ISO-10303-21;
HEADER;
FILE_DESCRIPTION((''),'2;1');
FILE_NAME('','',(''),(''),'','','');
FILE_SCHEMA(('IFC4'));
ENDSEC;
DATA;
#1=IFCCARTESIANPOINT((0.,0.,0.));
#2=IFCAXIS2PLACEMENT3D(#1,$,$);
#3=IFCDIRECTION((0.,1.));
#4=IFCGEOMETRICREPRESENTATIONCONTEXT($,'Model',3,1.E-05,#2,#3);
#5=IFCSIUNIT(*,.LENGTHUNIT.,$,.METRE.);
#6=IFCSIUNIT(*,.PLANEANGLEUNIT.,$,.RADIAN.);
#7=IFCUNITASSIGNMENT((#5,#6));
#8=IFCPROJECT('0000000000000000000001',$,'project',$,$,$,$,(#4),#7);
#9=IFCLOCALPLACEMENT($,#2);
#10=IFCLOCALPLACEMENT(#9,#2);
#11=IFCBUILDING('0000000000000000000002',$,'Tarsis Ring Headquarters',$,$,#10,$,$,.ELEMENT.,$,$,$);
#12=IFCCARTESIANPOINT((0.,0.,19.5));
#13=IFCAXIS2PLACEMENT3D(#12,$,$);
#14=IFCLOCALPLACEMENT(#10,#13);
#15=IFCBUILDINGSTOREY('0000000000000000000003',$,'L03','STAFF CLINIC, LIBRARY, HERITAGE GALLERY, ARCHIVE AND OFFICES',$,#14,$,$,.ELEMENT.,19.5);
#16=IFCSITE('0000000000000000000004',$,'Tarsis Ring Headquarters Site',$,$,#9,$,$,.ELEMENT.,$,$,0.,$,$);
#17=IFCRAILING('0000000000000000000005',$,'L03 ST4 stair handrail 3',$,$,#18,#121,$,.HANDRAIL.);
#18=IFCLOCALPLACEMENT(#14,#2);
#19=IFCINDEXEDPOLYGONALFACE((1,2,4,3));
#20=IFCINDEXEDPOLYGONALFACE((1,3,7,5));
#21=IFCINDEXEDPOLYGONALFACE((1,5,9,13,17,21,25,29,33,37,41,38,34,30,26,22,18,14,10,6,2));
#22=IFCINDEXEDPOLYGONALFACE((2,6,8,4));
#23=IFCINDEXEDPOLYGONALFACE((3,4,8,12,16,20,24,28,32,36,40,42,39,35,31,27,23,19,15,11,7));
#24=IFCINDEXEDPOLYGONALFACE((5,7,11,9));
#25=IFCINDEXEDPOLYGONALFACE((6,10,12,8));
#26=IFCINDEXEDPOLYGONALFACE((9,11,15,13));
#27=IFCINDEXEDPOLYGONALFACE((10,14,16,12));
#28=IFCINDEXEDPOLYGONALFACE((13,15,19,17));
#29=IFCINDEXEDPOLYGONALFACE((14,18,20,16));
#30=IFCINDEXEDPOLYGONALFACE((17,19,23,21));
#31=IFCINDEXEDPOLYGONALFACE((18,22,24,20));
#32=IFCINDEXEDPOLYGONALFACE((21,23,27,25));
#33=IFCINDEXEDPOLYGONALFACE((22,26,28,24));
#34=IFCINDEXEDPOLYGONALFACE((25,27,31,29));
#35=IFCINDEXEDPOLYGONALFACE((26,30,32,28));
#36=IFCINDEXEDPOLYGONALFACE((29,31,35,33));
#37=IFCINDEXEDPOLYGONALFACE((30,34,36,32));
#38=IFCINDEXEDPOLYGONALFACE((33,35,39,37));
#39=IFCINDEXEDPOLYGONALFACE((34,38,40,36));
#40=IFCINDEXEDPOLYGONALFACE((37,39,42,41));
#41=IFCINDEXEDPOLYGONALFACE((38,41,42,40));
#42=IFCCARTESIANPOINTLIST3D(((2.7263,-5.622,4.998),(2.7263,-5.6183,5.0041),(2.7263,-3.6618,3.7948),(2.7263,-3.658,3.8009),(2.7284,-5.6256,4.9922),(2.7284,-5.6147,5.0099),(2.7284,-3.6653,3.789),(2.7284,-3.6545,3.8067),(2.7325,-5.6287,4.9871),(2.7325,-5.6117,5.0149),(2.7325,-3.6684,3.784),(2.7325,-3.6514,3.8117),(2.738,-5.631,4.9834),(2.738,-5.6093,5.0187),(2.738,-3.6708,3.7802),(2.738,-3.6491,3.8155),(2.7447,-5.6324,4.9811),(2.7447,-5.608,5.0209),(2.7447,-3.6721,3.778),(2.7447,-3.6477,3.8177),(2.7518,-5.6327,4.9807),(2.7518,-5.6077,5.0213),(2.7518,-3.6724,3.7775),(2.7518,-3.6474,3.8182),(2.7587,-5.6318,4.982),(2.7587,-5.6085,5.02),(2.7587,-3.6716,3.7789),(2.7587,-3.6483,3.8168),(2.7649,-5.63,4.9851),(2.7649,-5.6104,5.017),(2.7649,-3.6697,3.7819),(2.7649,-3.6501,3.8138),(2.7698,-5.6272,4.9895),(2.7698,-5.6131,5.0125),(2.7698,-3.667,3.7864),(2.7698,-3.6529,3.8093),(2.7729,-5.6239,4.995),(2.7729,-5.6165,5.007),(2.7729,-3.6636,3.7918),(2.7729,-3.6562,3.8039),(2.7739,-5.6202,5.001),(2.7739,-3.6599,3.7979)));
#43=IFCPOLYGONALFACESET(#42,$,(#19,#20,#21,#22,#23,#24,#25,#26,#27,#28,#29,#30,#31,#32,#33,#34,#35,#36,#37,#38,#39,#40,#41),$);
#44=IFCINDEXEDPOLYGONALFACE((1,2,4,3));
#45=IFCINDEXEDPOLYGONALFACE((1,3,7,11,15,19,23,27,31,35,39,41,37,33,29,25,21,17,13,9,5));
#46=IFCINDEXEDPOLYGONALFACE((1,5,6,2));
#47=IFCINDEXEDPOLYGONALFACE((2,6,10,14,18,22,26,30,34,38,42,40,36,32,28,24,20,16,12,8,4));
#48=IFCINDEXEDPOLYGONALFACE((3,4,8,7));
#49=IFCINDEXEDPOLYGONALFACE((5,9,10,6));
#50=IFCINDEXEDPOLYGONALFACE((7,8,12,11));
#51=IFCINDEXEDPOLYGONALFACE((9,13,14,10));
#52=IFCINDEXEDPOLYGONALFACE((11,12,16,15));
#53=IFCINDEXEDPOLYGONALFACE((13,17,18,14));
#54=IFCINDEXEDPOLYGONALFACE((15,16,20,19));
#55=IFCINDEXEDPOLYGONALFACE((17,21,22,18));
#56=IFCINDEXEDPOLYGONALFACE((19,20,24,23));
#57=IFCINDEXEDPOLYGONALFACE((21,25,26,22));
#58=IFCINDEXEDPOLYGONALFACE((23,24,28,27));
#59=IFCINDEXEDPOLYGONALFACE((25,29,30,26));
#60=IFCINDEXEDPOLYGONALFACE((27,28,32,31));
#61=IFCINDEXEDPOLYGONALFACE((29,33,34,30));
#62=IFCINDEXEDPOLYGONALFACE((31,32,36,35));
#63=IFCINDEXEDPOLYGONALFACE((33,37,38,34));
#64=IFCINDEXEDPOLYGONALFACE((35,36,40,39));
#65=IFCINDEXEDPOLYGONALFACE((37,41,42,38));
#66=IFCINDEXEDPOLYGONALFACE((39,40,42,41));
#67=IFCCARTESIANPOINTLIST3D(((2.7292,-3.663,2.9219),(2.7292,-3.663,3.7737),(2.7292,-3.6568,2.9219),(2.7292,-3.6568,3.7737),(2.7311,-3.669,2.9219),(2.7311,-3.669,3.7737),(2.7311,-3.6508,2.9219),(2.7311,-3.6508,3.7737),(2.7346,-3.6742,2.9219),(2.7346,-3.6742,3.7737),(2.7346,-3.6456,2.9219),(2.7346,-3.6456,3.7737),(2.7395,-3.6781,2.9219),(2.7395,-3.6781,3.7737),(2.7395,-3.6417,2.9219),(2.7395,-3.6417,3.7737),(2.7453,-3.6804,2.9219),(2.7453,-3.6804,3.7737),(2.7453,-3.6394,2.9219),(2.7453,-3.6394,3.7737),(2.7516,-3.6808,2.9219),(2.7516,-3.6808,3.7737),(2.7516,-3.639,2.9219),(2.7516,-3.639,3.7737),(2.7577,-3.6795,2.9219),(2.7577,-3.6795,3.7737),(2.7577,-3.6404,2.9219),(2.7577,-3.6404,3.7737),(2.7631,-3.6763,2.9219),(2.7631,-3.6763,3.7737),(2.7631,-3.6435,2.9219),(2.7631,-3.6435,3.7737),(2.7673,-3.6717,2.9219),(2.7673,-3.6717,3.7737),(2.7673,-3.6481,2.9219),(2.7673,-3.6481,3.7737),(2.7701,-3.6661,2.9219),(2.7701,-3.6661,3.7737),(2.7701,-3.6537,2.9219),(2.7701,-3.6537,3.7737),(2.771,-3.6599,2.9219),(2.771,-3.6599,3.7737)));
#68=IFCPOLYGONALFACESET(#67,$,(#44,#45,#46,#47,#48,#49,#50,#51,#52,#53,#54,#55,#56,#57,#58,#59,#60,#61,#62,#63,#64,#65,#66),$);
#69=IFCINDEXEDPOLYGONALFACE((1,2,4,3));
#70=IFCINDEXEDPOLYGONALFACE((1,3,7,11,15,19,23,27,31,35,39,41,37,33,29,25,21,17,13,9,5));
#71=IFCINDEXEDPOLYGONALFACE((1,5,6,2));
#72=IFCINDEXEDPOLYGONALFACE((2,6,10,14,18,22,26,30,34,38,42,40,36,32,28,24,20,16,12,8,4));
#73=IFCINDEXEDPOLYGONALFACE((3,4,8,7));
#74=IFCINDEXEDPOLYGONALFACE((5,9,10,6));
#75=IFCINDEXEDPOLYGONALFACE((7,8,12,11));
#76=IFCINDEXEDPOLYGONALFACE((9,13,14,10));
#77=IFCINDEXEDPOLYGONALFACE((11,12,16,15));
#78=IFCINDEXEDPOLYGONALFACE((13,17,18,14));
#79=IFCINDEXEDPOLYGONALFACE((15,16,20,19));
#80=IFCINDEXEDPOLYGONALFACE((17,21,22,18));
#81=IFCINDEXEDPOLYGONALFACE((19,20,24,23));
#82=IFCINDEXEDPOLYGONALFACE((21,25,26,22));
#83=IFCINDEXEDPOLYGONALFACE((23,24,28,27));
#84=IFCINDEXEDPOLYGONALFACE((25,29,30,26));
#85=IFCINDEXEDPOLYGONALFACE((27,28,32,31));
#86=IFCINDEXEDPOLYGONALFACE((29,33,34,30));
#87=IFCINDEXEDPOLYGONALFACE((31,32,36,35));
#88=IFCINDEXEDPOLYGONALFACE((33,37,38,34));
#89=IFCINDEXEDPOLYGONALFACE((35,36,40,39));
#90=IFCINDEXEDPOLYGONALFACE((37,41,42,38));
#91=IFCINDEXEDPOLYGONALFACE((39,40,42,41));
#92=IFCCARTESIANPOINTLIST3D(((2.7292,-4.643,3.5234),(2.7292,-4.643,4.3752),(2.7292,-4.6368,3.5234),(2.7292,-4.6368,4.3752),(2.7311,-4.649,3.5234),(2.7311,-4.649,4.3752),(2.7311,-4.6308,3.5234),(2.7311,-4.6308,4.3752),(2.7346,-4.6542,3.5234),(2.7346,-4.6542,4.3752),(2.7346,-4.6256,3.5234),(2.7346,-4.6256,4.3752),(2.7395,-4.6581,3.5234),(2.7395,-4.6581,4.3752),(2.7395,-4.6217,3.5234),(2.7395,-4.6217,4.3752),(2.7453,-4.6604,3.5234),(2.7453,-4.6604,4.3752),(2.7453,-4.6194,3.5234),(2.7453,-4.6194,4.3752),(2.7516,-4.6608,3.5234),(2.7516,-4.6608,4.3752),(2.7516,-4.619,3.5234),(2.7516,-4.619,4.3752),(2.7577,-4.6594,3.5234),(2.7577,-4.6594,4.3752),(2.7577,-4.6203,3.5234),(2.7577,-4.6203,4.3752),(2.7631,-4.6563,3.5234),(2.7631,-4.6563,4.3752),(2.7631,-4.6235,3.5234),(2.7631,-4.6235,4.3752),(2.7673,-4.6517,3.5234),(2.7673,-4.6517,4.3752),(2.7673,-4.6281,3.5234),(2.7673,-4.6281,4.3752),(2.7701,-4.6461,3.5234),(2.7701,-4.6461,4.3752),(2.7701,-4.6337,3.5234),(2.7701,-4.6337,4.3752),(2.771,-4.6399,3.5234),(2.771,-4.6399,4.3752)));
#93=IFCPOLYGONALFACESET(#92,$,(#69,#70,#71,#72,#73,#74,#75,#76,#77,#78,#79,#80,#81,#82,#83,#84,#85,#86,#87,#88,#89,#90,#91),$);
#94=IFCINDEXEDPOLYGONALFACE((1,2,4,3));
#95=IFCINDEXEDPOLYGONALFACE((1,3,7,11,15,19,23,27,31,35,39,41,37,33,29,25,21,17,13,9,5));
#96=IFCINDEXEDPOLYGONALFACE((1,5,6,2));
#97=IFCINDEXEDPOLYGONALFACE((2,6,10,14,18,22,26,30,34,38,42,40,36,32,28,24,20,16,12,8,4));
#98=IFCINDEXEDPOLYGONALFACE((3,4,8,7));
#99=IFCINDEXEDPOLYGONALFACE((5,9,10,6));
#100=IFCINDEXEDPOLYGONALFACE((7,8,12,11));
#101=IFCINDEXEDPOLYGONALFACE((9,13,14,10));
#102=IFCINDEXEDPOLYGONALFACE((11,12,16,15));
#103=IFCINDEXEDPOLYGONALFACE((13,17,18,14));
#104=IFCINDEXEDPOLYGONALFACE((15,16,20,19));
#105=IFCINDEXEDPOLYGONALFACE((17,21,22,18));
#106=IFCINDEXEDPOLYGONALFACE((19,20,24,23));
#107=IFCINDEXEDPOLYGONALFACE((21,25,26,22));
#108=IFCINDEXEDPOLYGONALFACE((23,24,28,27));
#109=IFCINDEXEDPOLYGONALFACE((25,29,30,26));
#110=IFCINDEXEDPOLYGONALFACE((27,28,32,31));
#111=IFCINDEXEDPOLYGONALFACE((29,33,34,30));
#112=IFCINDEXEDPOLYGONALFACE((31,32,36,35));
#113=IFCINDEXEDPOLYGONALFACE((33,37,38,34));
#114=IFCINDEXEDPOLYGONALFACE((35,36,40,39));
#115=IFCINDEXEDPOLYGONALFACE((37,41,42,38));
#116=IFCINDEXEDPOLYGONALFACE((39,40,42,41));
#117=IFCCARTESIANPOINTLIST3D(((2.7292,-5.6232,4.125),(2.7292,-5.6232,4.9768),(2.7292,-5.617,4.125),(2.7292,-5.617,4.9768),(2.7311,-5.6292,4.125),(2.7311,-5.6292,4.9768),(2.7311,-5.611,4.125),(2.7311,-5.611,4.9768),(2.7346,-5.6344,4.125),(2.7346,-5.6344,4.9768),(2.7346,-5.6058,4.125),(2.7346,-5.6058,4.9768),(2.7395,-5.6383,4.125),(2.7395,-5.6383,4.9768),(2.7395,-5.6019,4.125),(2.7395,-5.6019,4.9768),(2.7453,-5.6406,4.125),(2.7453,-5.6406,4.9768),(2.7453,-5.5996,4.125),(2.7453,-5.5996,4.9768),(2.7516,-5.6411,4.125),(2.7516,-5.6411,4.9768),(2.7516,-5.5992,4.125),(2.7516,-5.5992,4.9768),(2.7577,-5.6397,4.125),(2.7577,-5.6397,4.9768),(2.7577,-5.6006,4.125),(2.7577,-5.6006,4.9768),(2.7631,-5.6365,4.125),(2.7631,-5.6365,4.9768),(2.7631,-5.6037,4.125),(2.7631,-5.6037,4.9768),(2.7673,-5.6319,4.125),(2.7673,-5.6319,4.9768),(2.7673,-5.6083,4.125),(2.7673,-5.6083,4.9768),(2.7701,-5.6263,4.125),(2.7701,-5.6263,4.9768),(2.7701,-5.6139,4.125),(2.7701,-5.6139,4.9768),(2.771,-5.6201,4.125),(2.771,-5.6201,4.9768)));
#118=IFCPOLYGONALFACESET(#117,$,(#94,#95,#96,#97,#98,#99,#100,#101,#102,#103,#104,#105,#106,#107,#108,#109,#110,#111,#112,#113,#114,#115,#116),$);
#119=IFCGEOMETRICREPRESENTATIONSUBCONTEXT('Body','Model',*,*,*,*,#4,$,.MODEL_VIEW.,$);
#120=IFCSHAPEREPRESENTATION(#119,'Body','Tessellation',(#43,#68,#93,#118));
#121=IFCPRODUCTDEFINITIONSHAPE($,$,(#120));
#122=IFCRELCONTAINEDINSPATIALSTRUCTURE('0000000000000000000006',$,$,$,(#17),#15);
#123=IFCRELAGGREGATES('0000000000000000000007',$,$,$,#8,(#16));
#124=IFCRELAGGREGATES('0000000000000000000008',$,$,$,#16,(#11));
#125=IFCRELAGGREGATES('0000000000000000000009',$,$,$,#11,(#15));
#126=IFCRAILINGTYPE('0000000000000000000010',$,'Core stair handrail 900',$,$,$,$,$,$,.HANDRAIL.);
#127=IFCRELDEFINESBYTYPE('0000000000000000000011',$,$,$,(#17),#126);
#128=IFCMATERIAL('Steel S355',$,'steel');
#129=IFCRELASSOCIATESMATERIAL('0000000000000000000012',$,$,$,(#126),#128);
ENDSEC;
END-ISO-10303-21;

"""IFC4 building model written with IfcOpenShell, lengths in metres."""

from ifc_helpers import new_model, si_unit, direction, frame, origin, origin_2d, place, context, subcontext, project, spatial, circle, extrude, material, type_object, element, save


model = new_model("IFC4")

# Units and contexts
model_context = context("Model", 3, precision=1e-05, world=origin(), true_north=direction((0.0, 1.0)))
body_context = subcontext(model_context, "Body", "Model", "MODEL_VIEW")
ifc_project = project(units=[si_unit("LENGTHUNIT", "METRE"), si_unit("PLANEANGLEUNIT", "RADIAN")], contexts=[model_context])

# Site, building, storey
site_placement = place(None, origin())
site = spatial("IfcSite", under=ifc_project, at=site_placement, Name="Tarsis Ring Headquarters Site", CompositionType="ELEMENT", RefElevation=0.0)
building_placement = place(site_placement, origin())
building = spatial("IfcBuilding", under=site, at=building_placement, Name="Tarsis Ring Headquarters", CompositionType="ELEMENT")
storey_placement = place(building_placement, frame((0.0, 0.0, 19.5)))
storey = spatial("IfcBuildingStorey", under=building, at=storey_placement, Name="L03", Description="STAFF CLINIC, LIBRARY, HERITAGE GALLERY, ARCHIVE AND OFFICES", CompositionType="ELEMENT", Elevation=19.5)

# Railing
ifc_material_1 = material(Name="Steel S355", Category="steel")
railing_type_1 = type_object("IfcRailingType", Name="Core stair handrail 900", PredefinedType="HANDRAIL", material=ifc_material_1)
railing_1_placement = place(storey_placement, frame((2.75, -3.6599, 2.9219)))
element("IfcRailing", 1, at=railing_1_placement, inside=storey, type_object=railing_type_1, Name="L03 ST4 stair handrail 3", PredefinedType="HANDRAIL", context=body_context, shape_type="SweptSolid", body=[
    extrude(circle(Radius=0.0239, at=origin_2d()), frame((0.0, 0.0, 0.876), z_axis=(0.0, -0.85227, 0.523102), x_axis=(1.0, 0.0, 0.0)), (0.0, 0.0, 1.0), 2.3),
    extrude(circle(Radius=0.021, at=origin_2d()), origin(), (0.0, 0.0, 1.0), 0.8518),
    extrude(circle(Radius=0.021, at=origin_2d()), frame((0.0, -0.98, 0.6016)), (0.0, 0.0, 1.0), 0.8518),
    extrude(circle(Radius=0.021, at=origin_2d()), frame((0.0, -1.9602, 1.2031)), (0.0, 0.0, 1.0), 0.8518),
])

save(model, "model.ifc")
